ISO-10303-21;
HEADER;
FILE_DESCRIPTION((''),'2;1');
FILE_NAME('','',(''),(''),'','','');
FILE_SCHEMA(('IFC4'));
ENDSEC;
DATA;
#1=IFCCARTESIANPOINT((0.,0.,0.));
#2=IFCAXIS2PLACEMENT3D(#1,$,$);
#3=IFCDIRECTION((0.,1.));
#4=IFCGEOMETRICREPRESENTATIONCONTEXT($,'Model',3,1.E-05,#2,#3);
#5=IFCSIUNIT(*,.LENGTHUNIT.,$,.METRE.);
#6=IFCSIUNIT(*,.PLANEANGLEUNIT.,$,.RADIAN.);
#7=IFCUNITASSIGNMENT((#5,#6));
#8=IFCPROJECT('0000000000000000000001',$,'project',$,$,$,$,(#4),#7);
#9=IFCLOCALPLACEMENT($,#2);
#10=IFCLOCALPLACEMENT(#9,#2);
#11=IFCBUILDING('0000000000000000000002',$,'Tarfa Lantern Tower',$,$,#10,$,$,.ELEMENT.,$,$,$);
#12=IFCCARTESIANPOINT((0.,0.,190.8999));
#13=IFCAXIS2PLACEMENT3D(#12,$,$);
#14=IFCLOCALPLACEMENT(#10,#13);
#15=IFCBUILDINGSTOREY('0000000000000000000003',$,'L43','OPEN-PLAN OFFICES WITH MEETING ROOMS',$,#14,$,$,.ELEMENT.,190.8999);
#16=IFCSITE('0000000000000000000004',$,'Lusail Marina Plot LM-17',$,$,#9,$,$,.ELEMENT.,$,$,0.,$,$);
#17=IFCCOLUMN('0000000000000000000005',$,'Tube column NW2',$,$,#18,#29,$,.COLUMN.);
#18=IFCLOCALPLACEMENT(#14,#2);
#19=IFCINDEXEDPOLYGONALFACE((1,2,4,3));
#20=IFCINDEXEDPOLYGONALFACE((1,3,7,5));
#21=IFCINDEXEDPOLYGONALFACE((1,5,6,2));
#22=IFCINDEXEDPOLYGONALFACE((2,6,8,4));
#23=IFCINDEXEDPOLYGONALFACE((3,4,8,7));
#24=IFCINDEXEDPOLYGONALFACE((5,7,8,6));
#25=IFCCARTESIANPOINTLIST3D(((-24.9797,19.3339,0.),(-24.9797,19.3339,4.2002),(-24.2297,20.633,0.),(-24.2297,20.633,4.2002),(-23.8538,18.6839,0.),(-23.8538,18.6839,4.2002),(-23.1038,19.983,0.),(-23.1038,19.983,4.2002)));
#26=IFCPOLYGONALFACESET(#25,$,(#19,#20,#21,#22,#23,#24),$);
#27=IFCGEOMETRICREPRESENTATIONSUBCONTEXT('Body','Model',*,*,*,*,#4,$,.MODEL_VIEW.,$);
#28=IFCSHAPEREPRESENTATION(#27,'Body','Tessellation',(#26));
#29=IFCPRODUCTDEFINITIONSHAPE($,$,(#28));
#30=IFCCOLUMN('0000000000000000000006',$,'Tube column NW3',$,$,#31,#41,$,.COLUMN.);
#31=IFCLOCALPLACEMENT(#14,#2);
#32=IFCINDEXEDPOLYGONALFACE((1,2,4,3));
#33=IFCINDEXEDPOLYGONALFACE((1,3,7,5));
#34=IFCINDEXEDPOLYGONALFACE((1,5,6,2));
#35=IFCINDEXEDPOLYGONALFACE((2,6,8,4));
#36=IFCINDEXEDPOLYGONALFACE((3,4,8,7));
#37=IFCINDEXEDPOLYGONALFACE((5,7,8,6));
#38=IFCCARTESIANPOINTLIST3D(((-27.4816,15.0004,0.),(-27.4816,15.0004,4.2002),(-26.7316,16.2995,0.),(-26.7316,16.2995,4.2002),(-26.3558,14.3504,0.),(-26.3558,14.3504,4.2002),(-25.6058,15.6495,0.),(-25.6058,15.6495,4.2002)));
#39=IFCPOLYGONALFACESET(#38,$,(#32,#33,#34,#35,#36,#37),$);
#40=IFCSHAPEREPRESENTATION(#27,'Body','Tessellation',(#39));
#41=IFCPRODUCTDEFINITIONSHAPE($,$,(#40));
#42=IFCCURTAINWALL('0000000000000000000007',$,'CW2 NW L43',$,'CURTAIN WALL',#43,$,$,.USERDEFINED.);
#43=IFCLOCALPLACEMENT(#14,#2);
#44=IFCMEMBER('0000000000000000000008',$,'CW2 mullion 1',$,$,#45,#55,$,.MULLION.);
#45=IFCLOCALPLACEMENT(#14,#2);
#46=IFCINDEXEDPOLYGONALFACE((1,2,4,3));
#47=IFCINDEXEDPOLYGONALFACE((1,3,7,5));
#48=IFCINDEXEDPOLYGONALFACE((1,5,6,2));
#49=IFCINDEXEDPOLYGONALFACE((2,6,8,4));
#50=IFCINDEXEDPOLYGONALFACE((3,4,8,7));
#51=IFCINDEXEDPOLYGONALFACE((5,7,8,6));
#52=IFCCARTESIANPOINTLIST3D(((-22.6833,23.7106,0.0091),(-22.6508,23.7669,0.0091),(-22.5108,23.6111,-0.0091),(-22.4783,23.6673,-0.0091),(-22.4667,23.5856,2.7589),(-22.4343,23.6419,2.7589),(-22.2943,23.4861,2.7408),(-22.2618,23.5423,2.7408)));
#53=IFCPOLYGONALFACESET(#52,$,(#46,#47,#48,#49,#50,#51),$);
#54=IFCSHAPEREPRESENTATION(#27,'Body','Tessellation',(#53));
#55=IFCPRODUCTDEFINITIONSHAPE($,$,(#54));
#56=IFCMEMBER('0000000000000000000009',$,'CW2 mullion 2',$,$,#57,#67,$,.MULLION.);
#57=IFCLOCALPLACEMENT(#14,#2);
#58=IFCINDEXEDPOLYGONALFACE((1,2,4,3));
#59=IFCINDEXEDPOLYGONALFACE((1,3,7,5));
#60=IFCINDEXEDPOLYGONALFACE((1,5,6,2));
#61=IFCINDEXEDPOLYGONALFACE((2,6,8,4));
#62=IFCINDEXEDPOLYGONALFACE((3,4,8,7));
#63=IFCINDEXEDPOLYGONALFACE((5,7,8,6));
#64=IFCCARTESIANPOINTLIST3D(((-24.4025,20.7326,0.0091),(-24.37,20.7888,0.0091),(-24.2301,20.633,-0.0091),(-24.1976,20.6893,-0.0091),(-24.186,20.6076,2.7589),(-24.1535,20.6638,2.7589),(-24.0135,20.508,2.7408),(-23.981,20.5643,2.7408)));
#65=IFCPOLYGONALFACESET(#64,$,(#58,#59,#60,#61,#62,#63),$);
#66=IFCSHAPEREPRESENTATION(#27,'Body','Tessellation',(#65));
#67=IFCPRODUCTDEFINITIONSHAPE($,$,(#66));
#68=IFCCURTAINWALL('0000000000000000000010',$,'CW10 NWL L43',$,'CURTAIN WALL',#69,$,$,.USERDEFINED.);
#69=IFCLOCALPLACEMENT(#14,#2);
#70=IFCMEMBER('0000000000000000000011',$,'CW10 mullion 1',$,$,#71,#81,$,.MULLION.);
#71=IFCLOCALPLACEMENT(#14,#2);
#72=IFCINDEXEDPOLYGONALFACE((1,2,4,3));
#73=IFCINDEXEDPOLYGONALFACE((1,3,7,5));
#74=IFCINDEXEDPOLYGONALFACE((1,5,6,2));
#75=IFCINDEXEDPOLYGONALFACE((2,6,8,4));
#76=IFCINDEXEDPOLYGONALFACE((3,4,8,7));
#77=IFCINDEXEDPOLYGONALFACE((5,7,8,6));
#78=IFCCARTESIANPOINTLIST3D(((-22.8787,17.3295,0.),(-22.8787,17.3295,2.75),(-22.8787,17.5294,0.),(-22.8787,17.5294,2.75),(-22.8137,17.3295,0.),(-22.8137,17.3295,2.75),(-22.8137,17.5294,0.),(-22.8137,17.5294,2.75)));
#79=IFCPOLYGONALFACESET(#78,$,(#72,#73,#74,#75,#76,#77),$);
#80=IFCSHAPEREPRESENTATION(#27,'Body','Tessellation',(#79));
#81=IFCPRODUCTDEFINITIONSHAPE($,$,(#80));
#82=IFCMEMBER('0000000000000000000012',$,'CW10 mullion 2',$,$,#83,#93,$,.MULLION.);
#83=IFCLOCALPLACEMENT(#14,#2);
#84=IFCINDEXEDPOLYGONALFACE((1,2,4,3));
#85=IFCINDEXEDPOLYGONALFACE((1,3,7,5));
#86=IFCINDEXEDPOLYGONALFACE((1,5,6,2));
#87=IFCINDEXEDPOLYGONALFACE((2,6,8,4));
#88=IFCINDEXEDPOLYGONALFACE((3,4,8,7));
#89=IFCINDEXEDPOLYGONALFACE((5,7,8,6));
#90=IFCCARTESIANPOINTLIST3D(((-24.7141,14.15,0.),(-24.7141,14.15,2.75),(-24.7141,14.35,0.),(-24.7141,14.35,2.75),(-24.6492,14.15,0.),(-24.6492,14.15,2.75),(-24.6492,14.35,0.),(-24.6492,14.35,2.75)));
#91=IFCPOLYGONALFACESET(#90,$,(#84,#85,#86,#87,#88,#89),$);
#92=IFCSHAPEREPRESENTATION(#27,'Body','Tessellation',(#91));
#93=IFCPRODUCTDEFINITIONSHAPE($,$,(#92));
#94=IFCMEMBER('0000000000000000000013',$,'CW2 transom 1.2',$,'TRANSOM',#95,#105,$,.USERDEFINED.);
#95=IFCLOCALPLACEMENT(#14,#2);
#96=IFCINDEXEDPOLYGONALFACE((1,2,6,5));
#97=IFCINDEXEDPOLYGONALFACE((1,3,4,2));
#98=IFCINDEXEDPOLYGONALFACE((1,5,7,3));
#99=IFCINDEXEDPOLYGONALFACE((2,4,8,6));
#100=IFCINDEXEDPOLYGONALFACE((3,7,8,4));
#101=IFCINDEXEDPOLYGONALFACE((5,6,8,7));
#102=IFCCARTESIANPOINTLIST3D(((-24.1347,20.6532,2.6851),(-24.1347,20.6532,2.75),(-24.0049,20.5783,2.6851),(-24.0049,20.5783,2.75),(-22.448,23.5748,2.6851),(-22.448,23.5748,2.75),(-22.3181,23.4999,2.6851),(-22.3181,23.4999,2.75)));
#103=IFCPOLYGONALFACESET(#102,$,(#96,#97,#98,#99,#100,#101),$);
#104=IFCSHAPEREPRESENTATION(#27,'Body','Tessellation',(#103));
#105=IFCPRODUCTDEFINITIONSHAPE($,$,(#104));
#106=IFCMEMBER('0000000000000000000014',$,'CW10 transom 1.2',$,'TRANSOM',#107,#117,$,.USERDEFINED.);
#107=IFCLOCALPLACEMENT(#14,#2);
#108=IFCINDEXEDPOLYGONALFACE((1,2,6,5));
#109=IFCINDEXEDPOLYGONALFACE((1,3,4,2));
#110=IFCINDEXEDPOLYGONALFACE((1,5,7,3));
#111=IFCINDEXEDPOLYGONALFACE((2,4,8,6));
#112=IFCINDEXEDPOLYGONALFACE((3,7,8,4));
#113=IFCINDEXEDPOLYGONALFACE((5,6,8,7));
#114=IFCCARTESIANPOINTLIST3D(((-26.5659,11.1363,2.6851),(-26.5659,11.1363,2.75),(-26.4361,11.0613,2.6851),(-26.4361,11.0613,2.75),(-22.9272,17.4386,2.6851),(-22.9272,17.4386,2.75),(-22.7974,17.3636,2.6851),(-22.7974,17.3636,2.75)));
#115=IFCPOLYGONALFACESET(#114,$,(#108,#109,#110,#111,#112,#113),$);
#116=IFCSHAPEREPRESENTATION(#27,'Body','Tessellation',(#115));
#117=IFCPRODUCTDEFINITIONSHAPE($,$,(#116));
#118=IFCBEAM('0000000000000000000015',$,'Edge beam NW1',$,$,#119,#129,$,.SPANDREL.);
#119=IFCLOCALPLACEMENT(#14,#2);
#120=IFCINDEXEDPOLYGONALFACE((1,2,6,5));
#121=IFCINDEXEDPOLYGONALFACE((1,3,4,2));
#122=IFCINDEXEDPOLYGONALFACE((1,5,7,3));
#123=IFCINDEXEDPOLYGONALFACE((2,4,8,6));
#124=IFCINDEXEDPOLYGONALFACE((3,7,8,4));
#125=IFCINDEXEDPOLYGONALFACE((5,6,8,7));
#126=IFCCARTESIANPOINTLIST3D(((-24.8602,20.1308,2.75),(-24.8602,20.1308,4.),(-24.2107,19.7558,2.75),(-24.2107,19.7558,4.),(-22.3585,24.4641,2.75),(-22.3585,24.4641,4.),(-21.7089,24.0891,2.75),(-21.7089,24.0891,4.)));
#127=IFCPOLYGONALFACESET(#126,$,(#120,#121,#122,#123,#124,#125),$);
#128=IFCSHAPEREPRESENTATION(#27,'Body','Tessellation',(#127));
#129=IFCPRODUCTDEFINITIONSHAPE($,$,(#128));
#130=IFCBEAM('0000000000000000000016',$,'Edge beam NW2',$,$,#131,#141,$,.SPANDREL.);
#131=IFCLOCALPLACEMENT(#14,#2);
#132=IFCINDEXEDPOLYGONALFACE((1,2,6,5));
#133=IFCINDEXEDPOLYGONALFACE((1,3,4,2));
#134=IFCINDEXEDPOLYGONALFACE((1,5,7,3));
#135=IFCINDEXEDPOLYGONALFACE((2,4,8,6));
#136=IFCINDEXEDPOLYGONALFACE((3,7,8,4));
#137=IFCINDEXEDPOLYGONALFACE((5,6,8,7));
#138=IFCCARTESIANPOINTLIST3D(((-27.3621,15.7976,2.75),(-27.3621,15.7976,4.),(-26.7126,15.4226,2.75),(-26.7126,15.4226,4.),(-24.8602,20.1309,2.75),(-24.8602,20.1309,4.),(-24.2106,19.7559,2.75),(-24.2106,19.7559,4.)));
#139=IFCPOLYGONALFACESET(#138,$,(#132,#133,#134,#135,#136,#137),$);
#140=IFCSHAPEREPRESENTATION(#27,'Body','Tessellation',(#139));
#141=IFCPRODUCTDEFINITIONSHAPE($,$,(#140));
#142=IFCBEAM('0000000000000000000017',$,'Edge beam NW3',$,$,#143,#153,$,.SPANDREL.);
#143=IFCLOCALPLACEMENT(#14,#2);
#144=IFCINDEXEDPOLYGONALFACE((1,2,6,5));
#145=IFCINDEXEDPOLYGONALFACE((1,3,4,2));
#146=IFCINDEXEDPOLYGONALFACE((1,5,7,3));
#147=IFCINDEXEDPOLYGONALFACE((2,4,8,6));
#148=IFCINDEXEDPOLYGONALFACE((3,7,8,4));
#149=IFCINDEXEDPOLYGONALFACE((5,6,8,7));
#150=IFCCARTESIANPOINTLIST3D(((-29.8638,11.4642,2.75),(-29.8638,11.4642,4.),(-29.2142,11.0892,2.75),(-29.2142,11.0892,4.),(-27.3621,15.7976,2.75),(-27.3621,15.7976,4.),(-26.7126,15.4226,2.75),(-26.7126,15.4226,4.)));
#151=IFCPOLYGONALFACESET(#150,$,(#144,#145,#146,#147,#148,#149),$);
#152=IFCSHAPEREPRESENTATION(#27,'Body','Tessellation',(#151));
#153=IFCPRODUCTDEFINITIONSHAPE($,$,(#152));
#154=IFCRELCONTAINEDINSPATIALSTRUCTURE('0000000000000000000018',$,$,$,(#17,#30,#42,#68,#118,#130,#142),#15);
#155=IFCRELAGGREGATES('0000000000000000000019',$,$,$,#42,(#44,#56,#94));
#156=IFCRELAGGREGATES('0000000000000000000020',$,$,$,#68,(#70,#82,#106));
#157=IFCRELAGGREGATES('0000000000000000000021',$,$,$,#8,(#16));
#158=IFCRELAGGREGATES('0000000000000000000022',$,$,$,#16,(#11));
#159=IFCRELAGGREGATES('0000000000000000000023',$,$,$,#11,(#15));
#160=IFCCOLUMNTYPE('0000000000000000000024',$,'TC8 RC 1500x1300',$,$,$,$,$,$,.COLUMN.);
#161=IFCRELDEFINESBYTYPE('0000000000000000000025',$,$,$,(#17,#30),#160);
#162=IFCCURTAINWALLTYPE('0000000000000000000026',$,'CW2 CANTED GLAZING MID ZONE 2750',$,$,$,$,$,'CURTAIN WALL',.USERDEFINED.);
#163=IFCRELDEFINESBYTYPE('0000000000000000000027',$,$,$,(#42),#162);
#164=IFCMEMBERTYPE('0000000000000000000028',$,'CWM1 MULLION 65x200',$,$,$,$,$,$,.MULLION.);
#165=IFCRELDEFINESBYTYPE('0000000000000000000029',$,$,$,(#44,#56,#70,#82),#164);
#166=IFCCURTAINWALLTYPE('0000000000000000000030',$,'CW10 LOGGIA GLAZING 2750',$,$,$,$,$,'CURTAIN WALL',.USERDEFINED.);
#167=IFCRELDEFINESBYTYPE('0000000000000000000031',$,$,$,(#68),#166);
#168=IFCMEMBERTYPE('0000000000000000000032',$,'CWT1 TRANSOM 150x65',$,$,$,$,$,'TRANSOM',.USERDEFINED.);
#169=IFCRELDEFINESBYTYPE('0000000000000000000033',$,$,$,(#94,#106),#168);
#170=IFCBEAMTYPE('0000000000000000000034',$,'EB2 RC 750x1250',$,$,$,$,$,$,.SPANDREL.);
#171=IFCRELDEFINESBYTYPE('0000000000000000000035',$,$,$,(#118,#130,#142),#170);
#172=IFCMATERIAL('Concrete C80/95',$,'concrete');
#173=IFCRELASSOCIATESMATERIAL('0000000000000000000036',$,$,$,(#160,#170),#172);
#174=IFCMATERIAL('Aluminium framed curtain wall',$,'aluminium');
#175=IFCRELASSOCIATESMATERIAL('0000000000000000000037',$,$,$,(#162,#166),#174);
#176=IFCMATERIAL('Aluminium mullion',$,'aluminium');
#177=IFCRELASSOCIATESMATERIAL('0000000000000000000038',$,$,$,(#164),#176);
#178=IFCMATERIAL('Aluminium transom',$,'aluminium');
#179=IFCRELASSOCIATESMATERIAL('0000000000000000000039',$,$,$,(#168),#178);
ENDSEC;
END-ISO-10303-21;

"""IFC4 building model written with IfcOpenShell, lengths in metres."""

from ifc_helpers import new_model, si_unit, direction, frame, origin, origin_2d, place, context, subcontext, project, spatial, rectangle, extrude, material, material_profile, profile_set, type_object, element, aggregate, save


model = new_model("IFC4")

# Units and contexts
model_context = context("Model", 3, precision=1e-05, world=origin(), true_north=direction((0.0, 1.0)))
body_context = subcontext(model_context, "Body", "Model", "MODEL_VIEW")
ifc_project = project(units=[si_unit("LENGTHUNIT", "METRE"), si_unit("PLANEANGLEUNIT", "RADIAN")], contexts=[model_context])

# Site, building, storey
site_placement = place(None, origin())
site = spatial("IfcSite", under=ifc_project, at=site_placement, Name="Lusail Marina Plot LM-17", CompositionType="ELEMENT", RefElevation=0.0)
building_placement = place(site_placement, origin())
building = spatial("IfcBuilding", under=site, at=building_placement, Name="Tarfa Lantern Tower", CompositionType="ELEMENT")
storey_placement = place(building_placement, frame((0.0, 0.0, 190.8999)))
storey = spatial("IfcBuildingStorey", under=building, at=storey_placement, Name="L43", Description="OPEN-PLAN OFFICES WITH MEETING ROOMS", CompositionType="ELEMENT", Elevation=190.8999)

# Columns
ifc_material_1 = material(Name="Concrete C80/95", Category="concrete")
ifc_material_profile_1 = material_profile(ifc_material_1, rectangle(XDim=1.5, YDim=1.3, at=origin_2d()), Name="RC 1500x1300")
ifc_profile_set_1 = profile_set([ifc_material_profile_1], Name="Concrete C80/95")
column_type = type_object("IfcColumnType", Name="TC8 RC 1500x1300", PredefinedType="COLUMN", material=ifc_profile_set_1)
for number, where, z_axis, x_axis, name in (
    (1, (-24.0417, 19.6584, 0.0), (0.0, 0.0, 1.0), (-0.5, -0.866025, 0.0), "Tube column NW2"),
    (2, (-26.5437, 15.325, 0.0), (0.0, 0.0, 1.0), (-0.5, -0.866025, 0.0), "Tube column NW3"),
):
    element("IfcColumn", number, at=place(storey_placement, frame(where, z_axis=z_axis, x_axis=x_axis)), inside=storey, type_object=column_type, Name=name, PredefinedType="COLUMN", context=body_context, shape_type="SweptSolid", body=[
        extrude(rectangle(XDim=1.5, YDim=1.3, at=origin_2d()), origin(), (0.0, 0.0, 1.0), 4.2002),
    ])

# Curtain walls, members
ifc_material_2 = material(Name="Aluminium framed curtain wall", Category="aluminium")
curtain_wall_type_1 = type_object("IfcCurtainWallType", Name="CW2 CANTED GLAZING MID ZONE 2750", ElementType="CURTAIN WALL", PredefinedType="USERDEFINED", material=ifc_material_2)
curtain_wall_1_placement = place(storey_placement, origin())
curtain_wall_1 = element("IfcCurtainWall", 3, at=curtain_wall_1_placement, inside=storey, type_object=curtain_wall_type_1, Name="CW2 NW L43", ObjectType="CURTAIN WALL", PredefinedType="USERDEFINED")
ifc_material_3 = material(Name="Aluminium mullion", Category="aluminium")
ifc_material_profile_2 = material_profile(ifc_material_3, rectangle(XDim=0.0649, YDim=0.2, at=origin_2d()), Name="AL MULLION 65x200")
ifc_profile_set_2 = profile_set([ifc_material_profile_2], Name="Aluminium mullion")
member_type_1 = type_object("IfcMemberType", Name="CWM1 MULLION 65x200", PredefinedType="MULLION", material=ifc_profile_set_2)
member_1_placement = place(storey_placement, frame((-22.5808, 23.689, 0.0), z_axis=(0.078423, -0.045268, 0.995892), x_axis=(0.49992, 0.866072, 0.0)))
member_1 = element("IfcMember", 4, at=member_1_placement, type_object=member_type_1, Name="CW2 mullion 1", PredefinedType="MULLION", context=body_context, shape_type="SweptSolid", body=[
    extrude(rectangle(XDim=0.0649, YDim=0.2, at=origin_2d()), origin(), (0.0, 0.0, 1.0), 2.7612),
])
member_2_placement = place(storey_placement, frame((-24.3, 20.7109, 0.0), z_axis=(0.078423, -0.045268, 0.995892), x_axis=(0.49992, 0.866072, 0.0)))
member_2 = element("IfcMember", 5, at=member_2_placement, type_object=member_type_1, Name="CW2 mullion 2", PredefinedType="MULLION", context=body_context, shape_type="SweptSolid", body=[
    extrude(rectangle(XDim=0.0649, YDim=0.2, at=origin_2d()), origin(), (0.0, 0.0, 1.0), 2.7612),
])
curtain_wall_type_2 = type_object("IfcCurtainWallType", Name="CW10 LOGGIA GLAZING 2750", ElementType="CURTAIN WALL", PredefinedType="USERDEFINED", material=ifc_material_2)
curtain_wall_2_placement = place(storey_placement, origin())
curtain_wall_2 = element("IfcCurtainWall", 6, at=curtain_wall_2_placement, inside=storey, type_object=curtain_wall_type_2, Name="CW10 NWL L43", ObjectType="CURTAIN WALL", PredefinedType="USERDEFINED")
member_3_placement = place(storey_placement, frame((-22.8462, 17.4294, 0.0), z_axis=(0.0, 0.0, 1.0), x_axis=(1.0, 0.0, 0.0)))
member_3 = element("IfcMember", 7, at=member_3_placement, type_object=member_type_1, Name="CW10 mullion 1", PredefinedType="MULLION", context=body_context, shape_type="SweptSolid", body=[
    extrude(rectangle(XDim=0.0649, YDim=0.2, at=origin_2d()), origin(), (0.0, 0.0, 1.0), 2.75),
])
member_4_placement = place(storey_placement, frame((-24.6816, 14.25, 0.0), z_axis=(0.0, 0.0, 1.0), x_axis=(1.0, 0.0, 0.0)))
member_4 = element("IfcMember", 8, at=member_4_placement, type_object=member_type_1, Name="CW10 mullion 2", PredefinedType="MULLION", context=body_context, shape_type="SweptSolid", body=[
    extrude(rectangle(XDim=0.0649, YDim=0.2, at=origin_2d()), origin(), (0.0, 0.0, 1.0), 2.75),
])

# Members
ifc_material_4 = material(Name="Aluminium transom", Category="aluminium")
ifc_material_profile_3 = material_profile(ifc_material_4, rectangle(XDim=0.1499, YDim=0.0649, at=origin_2d()), Name="AL TRANSOM 150x65")
ifc_profile_set_3 = profile_set([ifc_material_profile_3], Name="Aluminium transom")
member_type_2 = type_object("IfcMemberType", Name="CWT1 TRANSOM 150x65", ElementType="TRANSOM", PredefinedType="USERDEFINED", material=ifc_profile_set_3)
member_5_placement = place(storey_placement, frame((-22.3831, 23.5374, 2.7175), z_axis=(-0.499992, -0.86603, 0.0), x_axis=(0.86603, -0.499992, 0.0)))
member_5 = element("IfcMember", 9, at=member_5_placement, type_object=member_type_2, Name="CW2 transom 1.2", ObjectType="TRANSOM", PredefinedType="USERDEFINED", context=body_context, shape_type="SweptSolid", body=[
    extrude(rectangle(XDim=0.1499, YDim=0.0649, at=origin_2d()), origin(), (0.0, 0.0, 1.0), 3.3735),
])
member_6_placement = place(storey_placement, frame((-22.8623, 17.4011, 2.7175), z_axis=(-0.500007, -0.866021, 0.0), x_axis=(0.866021, -0.500007, 0.0)))
member_6 = element("IfcMember", 10, at=member_6_placement, type_object=member_type_2, Name="CW10 transom 1.2", ObjectType="TRANSOM", PredefinedType="USERDEFINED", context=body_context, shape_type="SweptSolid", body=[
    extrude(rectangle(XDim=0.1499, YDim=0.0649, at=origin_2d()), origin(), (0.0, 0.0, 1.0), 7.2773),
])

# Beams
ifc_material_profile_4 = material_profile(ifc_material_1, rectangle(XDim=0.75, YDim=1.25, at=origin_2d()), Name="RC 750x1250")
ifc_profile_set_4 = profile_set([ifc_material_profile_4], Name="Concrete C80/95")
beam_type_1 = type_object("IfcBeamType", Name="EB2 RC 750x1250", PredefinedType="SPANDREL", material=ifc_profile_set_4)
for number, where, z_axis, x_axis, name in (
    (11, (-22.0337, 24.2766, 3.375), (-0.499986, -0.866034, 0.0), (0.866034, -0.499986, 0.0), "Edge beam NW1"),
    (12, (-24.5354, 19.9434, 3.375), (-0.500022, -0.866013, 0.0), (0.866013, -0.500022, 0.0), "Edge beam NW2"),
    (13, (-27.0374, 15.6101, 3.375), (-0.499965, -0.866046, 0.0), (0.866046, -0.499965, 0.0), "Edge beam NW3"),
):
    element("IfcBeam", number, at=place(storey_placement, frame(where, z_axis=z_axis, x_axis=x_axis)), inside=storey, type_object=beam_type_1, Name=name, PredefinedType="SPANDREL", context=body_context, shape_type="SweptSolid", body=[
        extrude(rectangle(XDim=0.75, YDim=1.25, at=origin_2d()), origin(), (0.0, 0.0, 1.0), 5.0037),
    ])

aggregate(curtain_wall_1, [member_1, member_2, member_5])
aggregate(curtain_wall_2, [member_3, member_4, member_6])

save(model, "model.ifc")
